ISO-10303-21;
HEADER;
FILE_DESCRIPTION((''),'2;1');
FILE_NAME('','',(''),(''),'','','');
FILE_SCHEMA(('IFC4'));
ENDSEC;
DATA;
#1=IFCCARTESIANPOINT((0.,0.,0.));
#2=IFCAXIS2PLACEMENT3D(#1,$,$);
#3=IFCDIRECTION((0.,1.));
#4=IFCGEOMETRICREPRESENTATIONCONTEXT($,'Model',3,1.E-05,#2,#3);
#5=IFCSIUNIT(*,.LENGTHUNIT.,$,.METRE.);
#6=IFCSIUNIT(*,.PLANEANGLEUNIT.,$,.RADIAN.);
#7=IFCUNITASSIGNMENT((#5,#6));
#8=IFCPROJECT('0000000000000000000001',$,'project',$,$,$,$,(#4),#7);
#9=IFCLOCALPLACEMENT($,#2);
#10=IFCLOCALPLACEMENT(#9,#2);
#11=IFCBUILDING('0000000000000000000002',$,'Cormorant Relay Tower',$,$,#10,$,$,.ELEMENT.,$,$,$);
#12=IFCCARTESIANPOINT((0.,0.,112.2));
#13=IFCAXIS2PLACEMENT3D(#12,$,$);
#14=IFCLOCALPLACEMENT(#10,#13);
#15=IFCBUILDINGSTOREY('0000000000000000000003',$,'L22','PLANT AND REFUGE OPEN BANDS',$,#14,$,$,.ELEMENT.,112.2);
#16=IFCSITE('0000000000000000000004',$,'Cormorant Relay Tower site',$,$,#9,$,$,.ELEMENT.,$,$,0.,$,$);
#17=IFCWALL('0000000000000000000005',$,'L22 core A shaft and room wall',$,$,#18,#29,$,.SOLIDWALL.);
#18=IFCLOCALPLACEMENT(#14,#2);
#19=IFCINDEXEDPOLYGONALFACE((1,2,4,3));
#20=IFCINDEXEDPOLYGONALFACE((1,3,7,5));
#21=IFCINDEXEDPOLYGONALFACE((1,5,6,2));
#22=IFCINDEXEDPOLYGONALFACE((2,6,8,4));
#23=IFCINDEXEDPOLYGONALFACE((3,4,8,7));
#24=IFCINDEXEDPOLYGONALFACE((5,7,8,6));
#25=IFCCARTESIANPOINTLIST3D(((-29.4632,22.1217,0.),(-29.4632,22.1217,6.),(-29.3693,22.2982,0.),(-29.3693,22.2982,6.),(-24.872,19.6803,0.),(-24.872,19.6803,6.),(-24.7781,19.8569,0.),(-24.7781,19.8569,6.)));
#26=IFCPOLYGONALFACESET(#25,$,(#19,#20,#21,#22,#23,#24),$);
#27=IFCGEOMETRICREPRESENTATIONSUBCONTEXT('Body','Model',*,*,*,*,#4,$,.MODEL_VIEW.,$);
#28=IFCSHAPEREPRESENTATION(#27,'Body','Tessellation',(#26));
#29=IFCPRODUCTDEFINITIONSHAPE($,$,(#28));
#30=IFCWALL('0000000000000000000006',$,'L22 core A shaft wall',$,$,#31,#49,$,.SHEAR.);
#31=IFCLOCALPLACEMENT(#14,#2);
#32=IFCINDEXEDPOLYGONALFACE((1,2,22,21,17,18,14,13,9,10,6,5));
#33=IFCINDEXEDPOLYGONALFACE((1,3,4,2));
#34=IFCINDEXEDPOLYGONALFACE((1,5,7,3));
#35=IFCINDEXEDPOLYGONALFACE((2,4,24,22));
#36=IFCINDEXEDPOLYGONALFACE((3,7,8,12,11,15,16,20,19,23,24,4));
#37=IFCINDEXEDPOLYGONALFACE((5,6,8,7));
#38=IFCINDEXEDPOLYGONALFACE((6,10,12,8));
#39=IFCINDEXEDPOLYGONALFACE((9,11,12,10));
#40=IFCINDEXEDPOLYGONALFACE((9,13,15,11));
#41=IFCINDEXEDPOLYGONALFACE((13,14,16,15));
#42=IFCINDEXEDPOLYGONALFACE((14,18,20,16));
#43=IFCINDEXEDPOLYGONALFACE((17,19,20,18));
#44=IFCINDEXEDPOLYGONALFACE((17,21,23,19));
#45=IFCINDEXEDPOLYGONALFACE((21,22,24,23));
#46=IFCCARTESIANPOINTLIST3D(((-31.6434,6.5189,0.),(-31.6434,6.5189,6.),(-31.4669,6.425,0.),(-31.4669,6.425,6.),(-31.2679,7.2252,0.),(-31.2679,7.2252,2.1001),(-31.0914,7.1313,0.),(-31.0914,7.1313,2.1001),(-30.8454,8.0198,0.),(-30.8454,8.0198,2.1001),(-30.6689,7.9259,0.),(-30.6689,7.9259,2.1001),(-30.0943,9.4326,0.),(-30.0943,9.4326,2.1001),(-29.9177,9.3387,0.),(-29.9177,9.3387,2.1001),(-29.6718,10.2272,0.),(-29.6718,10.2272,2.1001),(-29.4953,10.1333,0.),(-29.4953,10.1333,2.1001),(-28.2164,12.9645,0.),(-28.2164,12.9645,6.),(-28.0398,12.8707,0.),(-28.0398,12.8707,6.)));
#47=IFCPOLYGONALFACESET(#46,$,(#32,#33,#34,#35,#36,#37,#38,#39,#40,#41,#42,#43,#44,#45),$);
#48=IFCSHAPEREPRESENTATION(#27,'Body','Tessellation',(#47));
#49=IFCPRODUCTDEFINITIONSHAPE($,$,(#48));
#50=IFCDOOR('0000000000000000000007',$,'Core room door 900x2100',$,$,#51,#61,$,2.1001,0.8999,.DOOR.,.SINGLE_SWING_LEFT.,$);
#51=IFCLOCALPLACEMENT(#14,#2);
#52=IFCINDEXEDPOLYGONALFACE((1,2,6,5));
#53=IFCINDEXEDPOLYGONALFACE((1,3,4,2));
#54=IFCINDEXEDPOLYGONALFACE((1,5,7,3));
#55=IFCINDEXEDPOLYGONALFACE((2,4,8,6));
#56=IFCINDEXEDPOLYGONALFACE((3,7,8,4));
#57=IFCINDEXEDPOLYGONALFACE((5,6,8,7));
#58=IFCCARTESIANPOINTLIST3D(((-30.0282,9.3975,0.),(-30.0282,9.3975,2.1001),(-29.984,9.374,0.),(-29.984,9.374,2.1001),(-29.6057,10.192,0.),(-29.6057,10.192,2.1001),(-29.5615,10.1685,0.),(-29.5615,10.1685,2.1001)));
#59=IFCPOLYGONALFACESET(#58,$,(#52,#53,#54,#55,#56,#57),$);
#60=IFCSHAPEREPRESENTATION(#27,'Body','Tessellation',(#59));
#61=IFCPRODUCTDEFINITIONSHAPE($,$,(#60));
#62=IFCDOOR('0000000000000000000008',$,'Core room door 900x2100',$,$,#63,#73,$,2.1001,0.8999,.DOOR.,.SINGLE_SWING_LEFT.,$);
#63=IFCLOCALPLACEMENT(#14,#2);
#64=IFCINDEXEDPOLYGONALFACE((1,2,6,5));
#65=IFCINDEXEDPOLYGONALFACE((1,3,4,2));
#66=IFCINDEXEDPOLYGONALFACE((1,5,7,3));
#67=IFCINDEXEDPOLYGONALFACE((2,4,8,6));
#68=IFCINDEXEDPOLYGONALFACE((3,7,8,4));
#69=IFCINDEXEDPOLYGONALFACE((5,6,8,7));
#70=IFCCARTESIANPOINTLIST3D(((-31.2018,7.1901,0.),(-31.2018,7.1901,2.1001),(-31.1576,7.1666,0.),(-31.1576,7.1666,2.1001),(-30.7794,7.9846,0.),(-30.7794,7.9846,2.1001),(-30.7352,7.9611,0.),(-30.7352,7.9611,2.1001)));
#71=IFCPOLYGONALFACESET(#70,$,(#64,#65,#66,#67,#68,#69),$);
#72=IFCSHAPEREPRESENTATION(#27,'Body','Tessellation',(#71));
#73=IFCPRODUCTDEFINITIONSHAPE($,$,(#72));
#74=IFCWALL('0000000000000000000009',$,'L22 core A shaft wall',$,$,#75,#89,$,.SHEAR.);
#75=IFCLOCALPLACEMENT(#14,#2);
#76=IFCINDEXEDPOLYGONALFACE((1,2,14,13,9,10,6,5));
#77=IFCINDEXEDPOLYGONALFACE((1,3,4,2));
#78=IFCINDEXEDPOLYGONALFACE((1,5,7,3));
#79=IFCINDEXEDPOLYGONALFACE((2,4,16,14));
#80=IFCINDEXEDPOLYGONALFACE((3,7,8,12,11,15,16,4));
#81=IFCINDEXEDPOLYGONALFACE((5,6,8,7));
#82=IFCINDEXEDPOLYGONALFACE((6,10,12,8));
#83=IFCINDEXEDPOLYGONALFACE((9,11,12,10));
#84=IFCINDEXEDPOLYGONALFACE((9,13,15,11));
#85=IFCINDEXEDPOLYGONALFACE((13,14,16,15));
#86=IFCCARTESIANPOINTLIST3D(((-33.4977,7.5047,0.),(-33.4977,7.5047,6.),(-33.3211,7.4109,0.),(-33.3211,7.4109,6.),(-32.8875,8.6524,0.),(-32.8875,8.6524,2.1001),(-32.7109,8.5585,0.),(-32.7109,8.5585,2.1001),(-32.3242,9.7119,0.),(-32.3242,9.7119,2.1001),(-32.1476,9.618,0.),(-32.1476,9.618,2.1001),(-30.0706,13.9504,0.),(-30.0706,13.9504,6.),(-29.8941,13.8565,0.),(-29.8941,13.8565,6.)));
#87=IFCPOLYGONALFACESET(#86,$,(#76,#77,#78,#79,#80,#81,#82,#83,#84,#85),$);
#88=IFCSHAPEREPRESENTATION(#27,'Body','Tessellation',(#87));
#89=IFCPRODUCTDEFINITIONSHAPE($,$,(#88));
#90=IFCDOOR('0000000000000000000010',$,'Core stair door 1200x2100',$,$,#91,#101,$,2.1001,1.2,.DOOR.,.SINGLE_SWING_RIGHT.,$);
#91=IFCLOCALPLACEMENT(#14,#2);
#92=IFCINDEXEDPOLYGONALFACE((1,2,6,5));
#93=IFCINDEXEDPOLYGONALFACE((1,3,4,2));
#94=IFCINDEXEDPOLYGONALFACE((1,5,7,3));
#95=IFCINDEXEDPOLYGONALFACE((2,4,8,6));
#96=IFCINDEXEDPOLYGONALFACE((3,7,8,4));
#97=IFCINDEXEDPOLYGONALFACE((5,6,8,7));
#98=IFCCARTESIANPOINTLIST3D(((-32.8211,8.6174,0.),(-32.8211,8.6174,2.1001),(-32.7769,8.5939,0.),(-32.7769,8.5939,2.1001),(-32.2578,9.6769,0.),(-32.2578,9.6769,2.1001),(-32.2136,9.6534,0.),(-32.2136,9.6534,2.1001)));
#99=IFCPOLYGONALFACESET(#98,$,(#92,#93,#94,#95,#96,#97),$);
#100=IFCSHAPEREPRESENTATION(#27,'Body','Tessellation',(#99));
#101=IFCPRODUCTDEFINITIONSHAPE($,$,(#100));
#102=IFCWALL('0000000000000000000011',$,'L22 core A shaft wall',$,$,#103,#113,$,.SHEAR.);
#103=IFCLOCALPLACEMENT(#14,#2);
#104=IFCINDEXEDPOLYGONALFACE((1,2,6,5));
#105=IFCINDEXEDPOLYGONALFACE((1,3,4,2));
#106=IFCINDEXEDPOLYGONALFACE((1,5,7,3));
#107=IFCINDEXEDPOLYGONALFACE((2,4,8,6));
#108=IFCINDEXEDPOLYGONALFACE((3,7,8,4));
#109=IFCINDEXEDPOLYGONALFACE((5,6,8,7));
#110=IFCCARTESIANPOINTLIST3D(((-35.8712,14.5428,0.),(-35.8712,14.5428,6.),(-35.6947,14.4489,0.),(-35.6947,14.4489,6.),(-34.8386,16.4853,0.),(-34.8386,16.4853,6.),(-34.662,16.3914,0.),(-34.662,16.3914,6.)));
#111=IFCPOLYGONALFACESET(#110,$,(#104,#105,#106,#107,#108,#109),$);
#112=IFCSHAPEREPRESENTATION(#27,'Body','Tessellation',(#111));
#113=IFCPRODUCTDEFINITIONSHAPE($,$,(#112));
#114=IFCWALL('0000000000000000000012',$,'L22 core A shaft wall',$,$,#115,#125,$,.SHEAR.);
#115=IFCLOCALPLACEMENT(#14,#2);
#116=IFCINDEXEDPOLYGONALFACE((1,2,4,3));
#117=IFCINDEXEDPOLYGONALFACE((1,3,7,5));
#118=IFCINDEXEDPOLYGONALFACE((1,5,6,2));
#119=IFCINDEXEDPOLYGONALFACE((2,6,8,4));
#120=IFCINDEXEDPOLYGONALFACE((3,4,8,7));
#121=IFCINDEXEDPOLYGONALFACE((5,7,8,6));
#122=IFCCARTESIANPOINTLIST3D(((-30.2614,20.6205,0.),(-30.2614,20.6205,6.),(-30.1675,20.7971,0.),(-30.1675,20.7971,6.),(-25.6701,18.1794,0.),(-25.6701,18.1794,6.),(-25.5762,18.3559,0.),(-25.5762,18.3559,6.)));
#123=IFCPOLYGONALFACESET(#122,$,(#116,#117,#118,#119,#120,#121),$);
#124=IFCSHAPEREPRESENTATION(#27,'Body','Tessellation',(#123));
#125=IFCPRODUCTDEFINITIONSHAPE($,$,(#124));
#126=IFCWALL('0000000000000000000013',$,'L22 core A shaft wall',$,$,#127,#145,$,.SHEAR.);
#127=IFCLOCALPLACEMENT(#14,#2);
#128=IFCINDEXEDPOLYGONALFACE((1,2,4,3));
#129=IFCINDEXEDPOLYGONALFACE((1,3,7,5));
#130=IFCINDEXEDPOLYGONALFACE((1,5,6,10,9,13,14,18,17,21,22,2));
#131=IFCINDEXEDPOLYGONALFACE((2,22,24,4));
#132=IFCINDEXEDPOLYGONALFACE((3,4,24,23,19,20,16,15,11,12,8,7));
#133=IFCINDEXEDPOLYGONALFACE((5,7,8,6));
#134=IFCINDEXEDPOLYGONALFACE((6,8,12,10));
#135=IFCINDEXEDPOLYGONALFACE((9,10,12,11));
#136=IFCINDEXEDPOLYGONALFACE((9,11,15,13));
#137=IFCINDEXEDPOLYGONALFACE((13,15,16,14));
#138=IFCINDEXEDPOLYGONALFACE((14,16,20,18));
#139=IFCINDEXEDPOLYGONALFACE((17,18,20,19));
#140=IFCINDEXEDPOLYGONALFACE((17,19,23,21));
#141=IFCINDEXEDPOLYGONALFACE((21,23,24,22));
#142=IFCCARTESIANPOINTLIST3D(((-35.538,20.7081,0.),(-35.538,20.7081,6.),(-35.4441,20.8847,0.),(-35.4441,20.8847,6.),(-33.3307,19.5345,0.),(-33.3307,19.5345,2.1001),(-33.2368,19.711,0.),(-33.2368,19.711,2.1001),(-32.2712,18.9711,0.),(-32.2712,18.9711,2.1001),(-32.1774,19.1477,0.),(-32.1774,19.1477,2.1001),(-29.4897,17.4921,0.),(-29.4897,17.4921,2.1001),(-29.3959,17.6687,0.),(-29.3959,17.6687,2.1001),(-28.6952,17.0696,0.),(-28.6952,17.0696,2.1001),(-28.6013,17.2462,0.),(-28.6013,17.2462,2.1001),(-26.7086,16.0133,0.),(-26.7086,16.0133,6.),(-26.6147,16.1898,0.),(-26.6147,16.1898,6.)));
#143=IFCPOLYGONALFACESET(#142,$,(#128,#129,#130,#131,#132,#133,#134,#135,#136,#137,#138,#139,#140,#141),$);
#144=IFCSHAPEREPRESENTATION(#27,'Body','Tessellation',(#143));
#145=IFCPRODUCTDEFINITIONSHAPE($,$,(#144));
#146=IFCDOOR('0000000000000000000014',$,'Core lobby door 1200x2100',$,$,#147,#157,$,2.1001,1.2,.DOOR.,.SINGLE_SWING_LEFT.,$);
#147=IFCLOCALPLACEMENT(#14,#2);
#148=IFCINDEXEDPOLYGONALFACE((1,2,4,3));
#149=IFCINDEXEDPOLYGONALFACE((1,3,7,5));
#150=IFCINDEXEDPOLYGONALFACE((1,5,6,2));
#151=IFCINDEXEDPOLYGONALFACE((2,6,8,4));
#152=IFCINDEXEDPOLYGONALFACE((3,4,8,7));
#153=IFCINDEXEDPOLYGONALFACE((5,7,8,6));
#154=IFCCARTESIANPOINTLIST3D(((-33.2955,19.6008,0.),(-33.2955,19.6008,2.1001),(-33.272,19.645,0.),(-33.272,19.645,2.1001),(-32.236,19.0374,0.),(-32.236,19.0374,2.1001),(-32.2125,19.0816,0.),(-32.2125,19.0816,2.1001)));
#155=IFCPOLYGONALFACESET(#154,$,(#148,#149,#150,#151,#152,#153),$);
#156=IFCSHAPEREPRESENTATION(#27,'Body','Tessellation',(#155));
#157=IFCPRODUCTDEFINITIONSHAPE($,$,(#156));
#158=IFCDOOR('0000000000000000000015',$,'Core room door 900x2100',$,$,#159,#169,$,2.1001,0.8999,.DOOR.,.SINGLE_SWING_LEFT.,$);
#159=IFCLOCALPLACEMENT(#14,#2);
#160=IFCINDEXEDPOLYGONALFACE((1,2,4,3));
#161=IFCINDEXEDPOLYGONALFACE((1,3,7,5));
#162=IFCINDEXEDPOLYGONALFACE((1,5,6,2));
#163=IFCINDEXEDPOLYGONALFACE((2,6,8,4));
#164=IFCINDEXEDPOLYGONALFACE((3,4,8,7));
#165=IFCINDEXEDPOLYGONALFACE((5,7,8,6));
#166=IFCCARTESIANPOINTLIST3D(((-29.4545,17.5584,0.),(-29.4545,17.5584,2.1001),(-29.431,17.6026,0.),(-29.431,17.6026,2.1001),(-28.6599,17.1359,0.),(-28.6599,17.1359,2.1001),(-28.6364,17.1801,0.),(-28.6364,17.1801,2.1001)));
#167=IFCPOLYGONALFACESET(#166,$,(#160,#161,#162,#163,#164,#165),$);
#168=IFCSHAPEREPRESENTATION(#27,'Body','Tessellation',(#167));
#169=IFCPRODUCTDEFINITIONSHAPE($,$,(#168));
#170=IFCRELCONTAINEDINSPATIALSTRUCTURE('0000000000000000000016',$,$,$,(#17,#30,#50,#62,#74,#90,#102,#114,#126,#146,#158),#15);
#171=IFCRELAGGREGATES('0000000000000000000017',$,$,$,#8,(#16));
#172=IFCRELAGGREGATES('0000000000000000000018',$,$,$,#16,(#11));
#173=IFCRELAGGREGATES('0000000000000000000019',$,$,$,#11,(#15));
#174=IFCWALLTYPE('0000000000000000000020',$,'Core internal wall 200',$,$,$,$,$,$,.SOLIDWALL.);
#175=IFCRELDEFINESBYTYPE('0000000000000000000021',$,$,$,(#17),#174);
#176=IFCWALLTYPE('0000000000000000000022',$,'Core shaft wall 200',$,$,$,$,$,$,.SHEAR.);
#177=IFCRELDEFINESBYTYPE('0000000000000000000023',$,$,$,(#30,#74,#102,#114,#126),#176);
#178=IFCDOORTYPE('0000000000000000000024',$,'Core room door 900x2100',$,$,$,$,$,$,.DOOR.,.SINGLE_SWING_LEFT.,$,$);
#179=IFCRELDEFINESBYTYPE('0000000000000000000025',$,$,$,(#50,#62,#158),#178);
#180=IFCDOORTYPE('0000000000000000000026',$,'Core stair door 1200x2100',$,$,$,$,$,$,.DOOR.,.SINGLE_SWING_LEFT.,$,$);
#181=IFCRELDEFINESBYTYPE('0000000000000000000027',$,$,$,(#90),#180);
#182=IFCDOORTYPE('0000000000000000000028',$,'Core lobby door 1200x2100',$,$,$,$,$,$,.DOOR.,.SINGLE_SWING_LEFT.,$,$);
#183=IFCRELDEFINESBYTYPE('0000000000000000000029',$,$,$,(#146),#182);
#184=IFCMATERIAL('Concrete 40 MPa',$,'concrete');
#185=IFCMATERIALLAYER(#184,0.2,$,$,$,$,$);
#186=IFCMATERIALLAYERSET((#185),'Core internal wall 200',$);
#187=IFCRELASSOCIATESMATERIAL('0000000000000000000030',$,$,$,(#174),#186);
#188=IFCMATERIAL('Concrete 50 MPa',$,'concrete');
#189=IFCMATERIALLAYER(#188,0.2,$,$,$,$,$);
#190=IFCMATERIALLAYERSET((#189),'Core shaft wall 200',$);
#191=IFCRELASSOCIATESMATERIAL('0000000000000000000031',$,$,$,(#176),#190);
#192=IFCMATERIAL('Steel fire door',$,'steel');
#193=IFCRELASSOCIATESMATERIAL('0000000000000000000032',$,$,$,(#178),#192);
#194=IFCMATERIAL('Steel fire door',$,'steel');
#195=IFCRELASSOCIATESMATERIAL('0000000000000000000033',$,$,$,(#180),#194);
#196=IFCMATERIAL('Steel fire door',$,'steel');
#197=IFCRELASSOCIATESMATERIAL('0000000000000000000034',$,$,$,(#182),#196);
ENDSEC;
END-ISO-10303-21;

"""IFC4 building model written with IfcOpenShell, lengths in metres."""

from ifc_helpers import new_model, si_unit, direction, frame, frame_2d, origin, place, context, subcontext, project, spatial, rectangle, extrude, material, layer, layer_set, type_object, element, fill, save


model = new_model("IFC4")

# Units and contexts
model_context = context("Model", 3, precision=1e-05, world=origin(), true_north=direction((0.0, 1.0)))
body_context = subcontext(model_context, "Body", "Model", "MODEL_VIEW")
ifc_project = project(units=[si_unit("LENGTHUNIT", "METRE"), si_unit("PLANEANGLEUNIT", "RADIAN")], contexts=[model_context])

# Site, building, storey
site_placement = place(None, origin())
site = spatial("IfcSite", under=ifc_project, at=site_placement, Name="Cormorant Relay Tower site", CompositionType="ELEMENT", RefElevation=0.0)
building_placement = place(site_placement, origin())
building = spatial("IfcBuilding", under=site, at=building_placement, Name="Cormorant Relay Tower", CompositionType="ELEMENT")
storey_placement = place(building_placement, frame((0.0, 0.0, 112.2)))
storey = spatial("IfcBuildingStorey", under=building, at=storey_placement, Name="L22", Description="PLANT AND REFUGE OPEN BANDS", CompositionType="ELEMENT", Elevation=112.2)

# Wall
ifc_material_1 = material(Name="Concrete 40 MPa", Category="concrete")
ifc_layer_1 = layer(ifc_material_1, 0.2)
ifc_layer_set_1 = layer_set([ifc_layer_1], Name="Core internal wall 200")
wall_type_1 = type_object("IfcWallType", Name="Core internal wall 200", PredefinedType="SOLIDWALL", material=ifc_layer_set_1)
wall_1_placement = place(storey_placement, frame((-24.825, 19.7686, 0.0), z_axis=(0.0, 0.0, 1.0), x_axis=(-0.882935, 0.469496, 0.0)))
element("IfcWall", 1, at=wall_1_placement, inside=storey, type_object=wall_type_1, Name="L22 core A shaft and room wall", PredefinedType="SOLIDWALL", context=body_context, shape_type="SweptSolid", body=[
    extrude(rectangle(XDim=5.2, YDim=0.2, at=frame_2d((2.6001, 0.0))), origin(), (0.0, 0.0, 1.0), 6.0),
])

# Wall, openings, doors
ifc_material_2 = material(Name="Concrete 50 MPa", Category="concrete")
ifc_layer_2 = layer(ifc_material_2, 0.2)
ifc_layer_set_2 = layer_set([ifc_layer_2], Name="Core shaft wall 200")
wall_type_2 = type_object("IfcWallType", Name="Core shaft wall 200", PredefinedType="SHEAR", material=ifc_layer_set_2)
wall_2_placement = place(storey_placement, frame((-28.1282, 12.9175, 0.0), z_axis=(0.0, 0.0, 1.0), x_axis=(-0.469454, -0.882957, 0.0)))
wall_2 = element("IfcWall", 2, at=wall_2_placement, inside=storey, type_object=wall_type_2, Name="L22 core A shaft wall", PredefinedType="SHEAR", context=body_context, shape_type="SweptSolid", body=[
    extrude(rectangle(XDim=7.3, YDim=0.2, at=frame_2d((3.6499, 0.0))), origin(), (0.0, 0.0, 1.0), 6.0),
])
opening_1_placement = place(wall_2_placement, frame((3.1001, 0.0, 0.0)))
opening_1 = element("IfcOpeningElement", 3, at=opening_1_placement, cuts=wall_2, PredefinedType="OPENING", context=body_context, shape_type="SweptSolid", body=[
    extrude(rectangle(XDim=0.8999, YDim=2.1001, at=frame_2d((0.45, 1.05))), frame((0.0, 0.1099, 0.0), z_axis=(0.0, -1.0, 0.0), x_axis=(1.0, 0.0, 0.0)), (0.0, 0.0, 1.0), 0.22),
])
opening_2_placement = place(wall_2_placement, frame((5.6001, 0.0, 0.0)))
opening_2 = element("IfcOpeningElement", 4, at=opening_2_placement, cuts=wall_2, PredefinedType="OPENING", context=body_context, shape_type="SweptSolid", body=[
    extrude(rectangle(XDim=0.8999, YDim=2.1001, at=frame_2d((0.45, 1.05))), frame((0.0, 0.1099, 0.0), z_axis=(0.0, -1.0, 0.0), x_axis=(1.0, 0.0, 0.0)), (0.0, 0.0, 1.0), 0.22),
])
ifc_material_3 = material(Name="Steel fire door", Category="steel")
door_type_1 = type_object("IfcDoorType", Name="Core room door 900x2100", OperationType="SINGLE_SWING_LEFT", PredefinedType="DOOR", material=ifc_material_3)
door_1_placement = place(opening_1_placement, origin())
door_1 = element("IfcDoor", 5, at=door_1_placement, inside=storey, type_object=door_type_1, Name="Core room door 900x2100", OperationType="SINGLE_SWING_LEFT", OverallHeight=2.1001, OverallWidth=0.8999, PredefinedType="DOOR", context=body_context, shape_type="SweptSolid", body=[
    extrude(rectangle(XDim=0.8999, YDim=2.1001, at=frame_2d((0.45, 1.05))), frame((0.0, 0.0249, 0.0), z_axis=(0.0, -1.0, 0.0), x_axis=(1.0, 0.0, 0.0)), (0.0, 0.0, 1.0), 0.05),
])
fill(opening_1, door_1)
door_2_placement = place(opening_2_placement, origin())
door_2 = element("IfcDoor", 6, at=door_2_placement, inside=storey, type_object=door_type_1, Name="Core room door 900x2100", OperationType="SINGLE_SWING_LEFT", OverallHeight=2.1001, OverallWidth=0.8999, PredefinedType="DOOR", context=body_context, shape_type="SweptSolid", body=[
    extrude(rectangle(XDim=0.8999, YDim=2.1001, at=frame_2d((0.45, 1.05))), frame((0.0, 0.0249, 0.0), z_axis=(0.0, -1.0, 0.0), x_axis=(1.0, 0.0, 0.0)), (0.0, 0.0, 1.0), 0.05),
])
fill(opening_2, door_2)

# Wall, opening, door
wall_3_placement = place(storey_placement, frame((-29.9824, 13.9033, 0.0), z_axis=(0.0, 0.0, 1.0), x_axis=(-0.469454, -0.882957, 0.0)))
wall_3 = element("IfcWall", 7, at=wall_3_placement, inside=storey, type_object=wall_type_2, Name="L22 core A shaft wall", PredefinedType="SHEAR", context=body_context, shape_type="SweptSolid", body=[
    extrude(rectangle(XDim=7.3, YDim=0.2, at=frame_2d((3.6499, 0.0))), origin(), (0.0, 0.0, 1.0), 6.0),
])
opening_3_placement = place(wall_3_placement, frame((4.8, 0.0, 0.0)))
opening_3 = element("IfcOpeningElement", 8, at=opening_3_placement, cuts=wall_3, PredefinedType="OPENING", context=body_context, shape_type="SweptSolid", body=[
    extrude(rectangle(XDim=1.2, YDim=2.1001, at=frame_2d((0.6001, 1.05))), frame((0.0, 0.1099, 0.0), z_axis=(0.0, -1.0, 0.0), x_axis=(1.0, 0.0, 0.0)), (0.0, 0.0, 1.0), 0.22),
])
ifc_material_4 = material(Name="Steel fire door", Category="steel")
door_type_2 = type_object("IfcDoorType", Name="Core stair door 1200x2100", OperationType="SINGLE_SWING_LEFT", PredefinedType="DOOR", material=ifc_material_4)
door_3_placement = place(opening_3_placement, frame((1.2, 0.0, 0.0), z_axis=(0.0, 0.0, 1.0), x_axis=(-1.0, 0.0, 0.0)))
door_3 = element("IfcDoor", 9, at=door_3_placement, inside=storey, type_object=door_type_2, Name="Core stair door 1200x2100", OperationType="SINGLE_SWING_RIGHT", OverallHeight=2.1001, OverallWidth=1.2, PredefinedType="DOOR", context=body_context, shape_type="SweptSolid", body=[
    extrude(rectangle(XDim=1.2, YDim=2.1001, at=frame_2d((0.6001, 1.05))), frame((0.0, 0.0249, 0.0), z_axis=(0.0, -1.0, 0.0), x_axis=(1.0, 0.0, 0.0)), (0.0, 0.0, 1.0), 0.05),
])
fill(opening_3, door_3)

# Walls
wall_4_placement = place(storey_placement, frame((-34.7502, 16.4385, 0.0), z_axis=(0.0, 0.0, 1.0), x_axis=(-0.469401, -0.882985, 0.0)))
element("IfcWall", 10, at=wall_4_placement, inside=storey, type_object=wall_type_2, Name="L22 core A shaft wall", PredefinedType="SHEAR", context=body_context, shape_type="SweptSolid", body=[
    extrude(rectangle(XDim=2.2, YDim=0.2, at=frame_2d((1.1001, 0.0))), origin(), (0.0, 0.0, 1.0), 6.0),
])
wall_5_placement = place(storey_placement, frame((-25.623, 18.2676, 0.0), z_axis=(0.0, 0.0, 1.0), x_axis=(-0.882954, 0.46946, 0.0)))
element("IfcWall", 11, at=wall_5_placement, inside=storey, type_object=wall_type_2, Name="L22 core A shaft wall", PredefinedType="SHEAR", context=body_context, shape_type="SweptSolid", body=[
    extrude(rectangle(XDim=5.2, YDim=0.2, at=frame_2d((2.6001, 0.0))), origin(), (0.0, 0.0, 1.0), 6.0),
])

# Wall, openings, doors
wall_6_placement = place(storey_placement, frame((-26.6616, 16.1016, 0.0), z_axis=(0.0, 0.0, 1.0), x_axis=(-0.88294, 0.469485, 0.0)))
wall_6 = element("IfcWall", 12, at=wall_6_placement, inside=storey, type_object=wall_type_2, Name="L22 core A shaft wall", PredefinedType="SHEAR", context=body_context, shape_type="SweptSolid", body=[
    extrude(rectangle(XDim=10.0, YDim=0.2, at=frame_2d((5.0, 0.0))), origin(), (0.0, 0.0, 1.0), 6.0),
])
opening_4_placement = place(wall_6_placement, frame((6.3, 0.0, 0.0)))
opening_4 = element("IfcOpeningElement", 13, at=opening_4_placement, cuts=wall_6, PredefinedType="OPENING", context=body_context, shape_type="SweptSolid", body=[
    extrude(rectangle(XDim=1.2, YDim=2.1001, at=frame_2d((0.6001, 1.05))), frame((0.0, 0.1099, 0.0), z_axis=(0.0, -1.0, 0.0), x_axis=(1.0, 0.0, 0.0)), (0.0, 0.0, 1.0), 0.22),
])
opening_5_placement = place(wall_6_placement, frame((2.25, 0.0, 0.0)))
opening_5 = element("IfcOpeningElement", 14, at=opening_5_placement, cuts=wall_6, PredefinedType="OPENING", context=body_context, shape_type="SweptSolid", body=[
    extrude(rectangle(XDim=0.8999, YDim=2.1001, at=frame_2d((0.45, 1.05))), frame((0.0, 0.1099, 0.0), z_axis=(0.0, -1.0, 0.0), x_axis=(1.0, 0.0, 0.0)), (0.0, 0.0, 1.0), 0.22),
])
ifc_material_5 = material(Name="Steel fire door", Category="steel")
door_type_3 = type_object("IfcDoorType", Name="Core lobby door 1200x2100", OperationType="SINGLE_SWING_LEFT", PredefinedType="DOOR", material=ifc_material_5)
door_4_placement = place(opening_4_placement, origin())
door_4 = element("IfcDoor", 15, at=door_4_placement, inside=storey, type_object=door_type_3, Name="Core lobby door 1200x2100", OperationType="SINGLE_SWING_LEFT", OverallHeight=2.1001, OverallWidth=1.2, PredefinedType="DOOR", context=body_context, shape_type="SweptSolid", body=[
    extrude(rectangle(XDim=1.2, YDim=2.1001, at=frame_2d((0.6001, 1.05))), frame((0.0, 0.0249, 0.0), z_axis=(0.0, -1.0, 0.0), x_axis=(1.0, 0.0, 0.0)), (0.0, 0.0, 1.0), 0.05),
])
fill(opening_4, door_4)
door_5_placement = place(opening_5_placement, origin())
door_5 = element("IfcDoor", 16, at=door_5_placement, inside=storey, type_object=door_type_1, Name="Core room door 900x2100", OperationType="SINGLE_SWING_LEFT", OverallHeight=2.1001, OverallWidth=0.8999, PredefinedType="DOOR", context=body_context, shape_type="SweptSolid", body=[
    extrude(rectangle(XDim=0.8999, YDim=2.1001, at=frame_2d((0.45, 1.05))), frame((0.0, 0.0249, 0.0), z_axis=(0.0, -1.0, 0.0), x_axis=(1.0, 0.0, 0.0)), (0.0, 0.0, 1.0), 0.05),
])
fill(opening_5, door_5)

save(model, "model.ifc")
